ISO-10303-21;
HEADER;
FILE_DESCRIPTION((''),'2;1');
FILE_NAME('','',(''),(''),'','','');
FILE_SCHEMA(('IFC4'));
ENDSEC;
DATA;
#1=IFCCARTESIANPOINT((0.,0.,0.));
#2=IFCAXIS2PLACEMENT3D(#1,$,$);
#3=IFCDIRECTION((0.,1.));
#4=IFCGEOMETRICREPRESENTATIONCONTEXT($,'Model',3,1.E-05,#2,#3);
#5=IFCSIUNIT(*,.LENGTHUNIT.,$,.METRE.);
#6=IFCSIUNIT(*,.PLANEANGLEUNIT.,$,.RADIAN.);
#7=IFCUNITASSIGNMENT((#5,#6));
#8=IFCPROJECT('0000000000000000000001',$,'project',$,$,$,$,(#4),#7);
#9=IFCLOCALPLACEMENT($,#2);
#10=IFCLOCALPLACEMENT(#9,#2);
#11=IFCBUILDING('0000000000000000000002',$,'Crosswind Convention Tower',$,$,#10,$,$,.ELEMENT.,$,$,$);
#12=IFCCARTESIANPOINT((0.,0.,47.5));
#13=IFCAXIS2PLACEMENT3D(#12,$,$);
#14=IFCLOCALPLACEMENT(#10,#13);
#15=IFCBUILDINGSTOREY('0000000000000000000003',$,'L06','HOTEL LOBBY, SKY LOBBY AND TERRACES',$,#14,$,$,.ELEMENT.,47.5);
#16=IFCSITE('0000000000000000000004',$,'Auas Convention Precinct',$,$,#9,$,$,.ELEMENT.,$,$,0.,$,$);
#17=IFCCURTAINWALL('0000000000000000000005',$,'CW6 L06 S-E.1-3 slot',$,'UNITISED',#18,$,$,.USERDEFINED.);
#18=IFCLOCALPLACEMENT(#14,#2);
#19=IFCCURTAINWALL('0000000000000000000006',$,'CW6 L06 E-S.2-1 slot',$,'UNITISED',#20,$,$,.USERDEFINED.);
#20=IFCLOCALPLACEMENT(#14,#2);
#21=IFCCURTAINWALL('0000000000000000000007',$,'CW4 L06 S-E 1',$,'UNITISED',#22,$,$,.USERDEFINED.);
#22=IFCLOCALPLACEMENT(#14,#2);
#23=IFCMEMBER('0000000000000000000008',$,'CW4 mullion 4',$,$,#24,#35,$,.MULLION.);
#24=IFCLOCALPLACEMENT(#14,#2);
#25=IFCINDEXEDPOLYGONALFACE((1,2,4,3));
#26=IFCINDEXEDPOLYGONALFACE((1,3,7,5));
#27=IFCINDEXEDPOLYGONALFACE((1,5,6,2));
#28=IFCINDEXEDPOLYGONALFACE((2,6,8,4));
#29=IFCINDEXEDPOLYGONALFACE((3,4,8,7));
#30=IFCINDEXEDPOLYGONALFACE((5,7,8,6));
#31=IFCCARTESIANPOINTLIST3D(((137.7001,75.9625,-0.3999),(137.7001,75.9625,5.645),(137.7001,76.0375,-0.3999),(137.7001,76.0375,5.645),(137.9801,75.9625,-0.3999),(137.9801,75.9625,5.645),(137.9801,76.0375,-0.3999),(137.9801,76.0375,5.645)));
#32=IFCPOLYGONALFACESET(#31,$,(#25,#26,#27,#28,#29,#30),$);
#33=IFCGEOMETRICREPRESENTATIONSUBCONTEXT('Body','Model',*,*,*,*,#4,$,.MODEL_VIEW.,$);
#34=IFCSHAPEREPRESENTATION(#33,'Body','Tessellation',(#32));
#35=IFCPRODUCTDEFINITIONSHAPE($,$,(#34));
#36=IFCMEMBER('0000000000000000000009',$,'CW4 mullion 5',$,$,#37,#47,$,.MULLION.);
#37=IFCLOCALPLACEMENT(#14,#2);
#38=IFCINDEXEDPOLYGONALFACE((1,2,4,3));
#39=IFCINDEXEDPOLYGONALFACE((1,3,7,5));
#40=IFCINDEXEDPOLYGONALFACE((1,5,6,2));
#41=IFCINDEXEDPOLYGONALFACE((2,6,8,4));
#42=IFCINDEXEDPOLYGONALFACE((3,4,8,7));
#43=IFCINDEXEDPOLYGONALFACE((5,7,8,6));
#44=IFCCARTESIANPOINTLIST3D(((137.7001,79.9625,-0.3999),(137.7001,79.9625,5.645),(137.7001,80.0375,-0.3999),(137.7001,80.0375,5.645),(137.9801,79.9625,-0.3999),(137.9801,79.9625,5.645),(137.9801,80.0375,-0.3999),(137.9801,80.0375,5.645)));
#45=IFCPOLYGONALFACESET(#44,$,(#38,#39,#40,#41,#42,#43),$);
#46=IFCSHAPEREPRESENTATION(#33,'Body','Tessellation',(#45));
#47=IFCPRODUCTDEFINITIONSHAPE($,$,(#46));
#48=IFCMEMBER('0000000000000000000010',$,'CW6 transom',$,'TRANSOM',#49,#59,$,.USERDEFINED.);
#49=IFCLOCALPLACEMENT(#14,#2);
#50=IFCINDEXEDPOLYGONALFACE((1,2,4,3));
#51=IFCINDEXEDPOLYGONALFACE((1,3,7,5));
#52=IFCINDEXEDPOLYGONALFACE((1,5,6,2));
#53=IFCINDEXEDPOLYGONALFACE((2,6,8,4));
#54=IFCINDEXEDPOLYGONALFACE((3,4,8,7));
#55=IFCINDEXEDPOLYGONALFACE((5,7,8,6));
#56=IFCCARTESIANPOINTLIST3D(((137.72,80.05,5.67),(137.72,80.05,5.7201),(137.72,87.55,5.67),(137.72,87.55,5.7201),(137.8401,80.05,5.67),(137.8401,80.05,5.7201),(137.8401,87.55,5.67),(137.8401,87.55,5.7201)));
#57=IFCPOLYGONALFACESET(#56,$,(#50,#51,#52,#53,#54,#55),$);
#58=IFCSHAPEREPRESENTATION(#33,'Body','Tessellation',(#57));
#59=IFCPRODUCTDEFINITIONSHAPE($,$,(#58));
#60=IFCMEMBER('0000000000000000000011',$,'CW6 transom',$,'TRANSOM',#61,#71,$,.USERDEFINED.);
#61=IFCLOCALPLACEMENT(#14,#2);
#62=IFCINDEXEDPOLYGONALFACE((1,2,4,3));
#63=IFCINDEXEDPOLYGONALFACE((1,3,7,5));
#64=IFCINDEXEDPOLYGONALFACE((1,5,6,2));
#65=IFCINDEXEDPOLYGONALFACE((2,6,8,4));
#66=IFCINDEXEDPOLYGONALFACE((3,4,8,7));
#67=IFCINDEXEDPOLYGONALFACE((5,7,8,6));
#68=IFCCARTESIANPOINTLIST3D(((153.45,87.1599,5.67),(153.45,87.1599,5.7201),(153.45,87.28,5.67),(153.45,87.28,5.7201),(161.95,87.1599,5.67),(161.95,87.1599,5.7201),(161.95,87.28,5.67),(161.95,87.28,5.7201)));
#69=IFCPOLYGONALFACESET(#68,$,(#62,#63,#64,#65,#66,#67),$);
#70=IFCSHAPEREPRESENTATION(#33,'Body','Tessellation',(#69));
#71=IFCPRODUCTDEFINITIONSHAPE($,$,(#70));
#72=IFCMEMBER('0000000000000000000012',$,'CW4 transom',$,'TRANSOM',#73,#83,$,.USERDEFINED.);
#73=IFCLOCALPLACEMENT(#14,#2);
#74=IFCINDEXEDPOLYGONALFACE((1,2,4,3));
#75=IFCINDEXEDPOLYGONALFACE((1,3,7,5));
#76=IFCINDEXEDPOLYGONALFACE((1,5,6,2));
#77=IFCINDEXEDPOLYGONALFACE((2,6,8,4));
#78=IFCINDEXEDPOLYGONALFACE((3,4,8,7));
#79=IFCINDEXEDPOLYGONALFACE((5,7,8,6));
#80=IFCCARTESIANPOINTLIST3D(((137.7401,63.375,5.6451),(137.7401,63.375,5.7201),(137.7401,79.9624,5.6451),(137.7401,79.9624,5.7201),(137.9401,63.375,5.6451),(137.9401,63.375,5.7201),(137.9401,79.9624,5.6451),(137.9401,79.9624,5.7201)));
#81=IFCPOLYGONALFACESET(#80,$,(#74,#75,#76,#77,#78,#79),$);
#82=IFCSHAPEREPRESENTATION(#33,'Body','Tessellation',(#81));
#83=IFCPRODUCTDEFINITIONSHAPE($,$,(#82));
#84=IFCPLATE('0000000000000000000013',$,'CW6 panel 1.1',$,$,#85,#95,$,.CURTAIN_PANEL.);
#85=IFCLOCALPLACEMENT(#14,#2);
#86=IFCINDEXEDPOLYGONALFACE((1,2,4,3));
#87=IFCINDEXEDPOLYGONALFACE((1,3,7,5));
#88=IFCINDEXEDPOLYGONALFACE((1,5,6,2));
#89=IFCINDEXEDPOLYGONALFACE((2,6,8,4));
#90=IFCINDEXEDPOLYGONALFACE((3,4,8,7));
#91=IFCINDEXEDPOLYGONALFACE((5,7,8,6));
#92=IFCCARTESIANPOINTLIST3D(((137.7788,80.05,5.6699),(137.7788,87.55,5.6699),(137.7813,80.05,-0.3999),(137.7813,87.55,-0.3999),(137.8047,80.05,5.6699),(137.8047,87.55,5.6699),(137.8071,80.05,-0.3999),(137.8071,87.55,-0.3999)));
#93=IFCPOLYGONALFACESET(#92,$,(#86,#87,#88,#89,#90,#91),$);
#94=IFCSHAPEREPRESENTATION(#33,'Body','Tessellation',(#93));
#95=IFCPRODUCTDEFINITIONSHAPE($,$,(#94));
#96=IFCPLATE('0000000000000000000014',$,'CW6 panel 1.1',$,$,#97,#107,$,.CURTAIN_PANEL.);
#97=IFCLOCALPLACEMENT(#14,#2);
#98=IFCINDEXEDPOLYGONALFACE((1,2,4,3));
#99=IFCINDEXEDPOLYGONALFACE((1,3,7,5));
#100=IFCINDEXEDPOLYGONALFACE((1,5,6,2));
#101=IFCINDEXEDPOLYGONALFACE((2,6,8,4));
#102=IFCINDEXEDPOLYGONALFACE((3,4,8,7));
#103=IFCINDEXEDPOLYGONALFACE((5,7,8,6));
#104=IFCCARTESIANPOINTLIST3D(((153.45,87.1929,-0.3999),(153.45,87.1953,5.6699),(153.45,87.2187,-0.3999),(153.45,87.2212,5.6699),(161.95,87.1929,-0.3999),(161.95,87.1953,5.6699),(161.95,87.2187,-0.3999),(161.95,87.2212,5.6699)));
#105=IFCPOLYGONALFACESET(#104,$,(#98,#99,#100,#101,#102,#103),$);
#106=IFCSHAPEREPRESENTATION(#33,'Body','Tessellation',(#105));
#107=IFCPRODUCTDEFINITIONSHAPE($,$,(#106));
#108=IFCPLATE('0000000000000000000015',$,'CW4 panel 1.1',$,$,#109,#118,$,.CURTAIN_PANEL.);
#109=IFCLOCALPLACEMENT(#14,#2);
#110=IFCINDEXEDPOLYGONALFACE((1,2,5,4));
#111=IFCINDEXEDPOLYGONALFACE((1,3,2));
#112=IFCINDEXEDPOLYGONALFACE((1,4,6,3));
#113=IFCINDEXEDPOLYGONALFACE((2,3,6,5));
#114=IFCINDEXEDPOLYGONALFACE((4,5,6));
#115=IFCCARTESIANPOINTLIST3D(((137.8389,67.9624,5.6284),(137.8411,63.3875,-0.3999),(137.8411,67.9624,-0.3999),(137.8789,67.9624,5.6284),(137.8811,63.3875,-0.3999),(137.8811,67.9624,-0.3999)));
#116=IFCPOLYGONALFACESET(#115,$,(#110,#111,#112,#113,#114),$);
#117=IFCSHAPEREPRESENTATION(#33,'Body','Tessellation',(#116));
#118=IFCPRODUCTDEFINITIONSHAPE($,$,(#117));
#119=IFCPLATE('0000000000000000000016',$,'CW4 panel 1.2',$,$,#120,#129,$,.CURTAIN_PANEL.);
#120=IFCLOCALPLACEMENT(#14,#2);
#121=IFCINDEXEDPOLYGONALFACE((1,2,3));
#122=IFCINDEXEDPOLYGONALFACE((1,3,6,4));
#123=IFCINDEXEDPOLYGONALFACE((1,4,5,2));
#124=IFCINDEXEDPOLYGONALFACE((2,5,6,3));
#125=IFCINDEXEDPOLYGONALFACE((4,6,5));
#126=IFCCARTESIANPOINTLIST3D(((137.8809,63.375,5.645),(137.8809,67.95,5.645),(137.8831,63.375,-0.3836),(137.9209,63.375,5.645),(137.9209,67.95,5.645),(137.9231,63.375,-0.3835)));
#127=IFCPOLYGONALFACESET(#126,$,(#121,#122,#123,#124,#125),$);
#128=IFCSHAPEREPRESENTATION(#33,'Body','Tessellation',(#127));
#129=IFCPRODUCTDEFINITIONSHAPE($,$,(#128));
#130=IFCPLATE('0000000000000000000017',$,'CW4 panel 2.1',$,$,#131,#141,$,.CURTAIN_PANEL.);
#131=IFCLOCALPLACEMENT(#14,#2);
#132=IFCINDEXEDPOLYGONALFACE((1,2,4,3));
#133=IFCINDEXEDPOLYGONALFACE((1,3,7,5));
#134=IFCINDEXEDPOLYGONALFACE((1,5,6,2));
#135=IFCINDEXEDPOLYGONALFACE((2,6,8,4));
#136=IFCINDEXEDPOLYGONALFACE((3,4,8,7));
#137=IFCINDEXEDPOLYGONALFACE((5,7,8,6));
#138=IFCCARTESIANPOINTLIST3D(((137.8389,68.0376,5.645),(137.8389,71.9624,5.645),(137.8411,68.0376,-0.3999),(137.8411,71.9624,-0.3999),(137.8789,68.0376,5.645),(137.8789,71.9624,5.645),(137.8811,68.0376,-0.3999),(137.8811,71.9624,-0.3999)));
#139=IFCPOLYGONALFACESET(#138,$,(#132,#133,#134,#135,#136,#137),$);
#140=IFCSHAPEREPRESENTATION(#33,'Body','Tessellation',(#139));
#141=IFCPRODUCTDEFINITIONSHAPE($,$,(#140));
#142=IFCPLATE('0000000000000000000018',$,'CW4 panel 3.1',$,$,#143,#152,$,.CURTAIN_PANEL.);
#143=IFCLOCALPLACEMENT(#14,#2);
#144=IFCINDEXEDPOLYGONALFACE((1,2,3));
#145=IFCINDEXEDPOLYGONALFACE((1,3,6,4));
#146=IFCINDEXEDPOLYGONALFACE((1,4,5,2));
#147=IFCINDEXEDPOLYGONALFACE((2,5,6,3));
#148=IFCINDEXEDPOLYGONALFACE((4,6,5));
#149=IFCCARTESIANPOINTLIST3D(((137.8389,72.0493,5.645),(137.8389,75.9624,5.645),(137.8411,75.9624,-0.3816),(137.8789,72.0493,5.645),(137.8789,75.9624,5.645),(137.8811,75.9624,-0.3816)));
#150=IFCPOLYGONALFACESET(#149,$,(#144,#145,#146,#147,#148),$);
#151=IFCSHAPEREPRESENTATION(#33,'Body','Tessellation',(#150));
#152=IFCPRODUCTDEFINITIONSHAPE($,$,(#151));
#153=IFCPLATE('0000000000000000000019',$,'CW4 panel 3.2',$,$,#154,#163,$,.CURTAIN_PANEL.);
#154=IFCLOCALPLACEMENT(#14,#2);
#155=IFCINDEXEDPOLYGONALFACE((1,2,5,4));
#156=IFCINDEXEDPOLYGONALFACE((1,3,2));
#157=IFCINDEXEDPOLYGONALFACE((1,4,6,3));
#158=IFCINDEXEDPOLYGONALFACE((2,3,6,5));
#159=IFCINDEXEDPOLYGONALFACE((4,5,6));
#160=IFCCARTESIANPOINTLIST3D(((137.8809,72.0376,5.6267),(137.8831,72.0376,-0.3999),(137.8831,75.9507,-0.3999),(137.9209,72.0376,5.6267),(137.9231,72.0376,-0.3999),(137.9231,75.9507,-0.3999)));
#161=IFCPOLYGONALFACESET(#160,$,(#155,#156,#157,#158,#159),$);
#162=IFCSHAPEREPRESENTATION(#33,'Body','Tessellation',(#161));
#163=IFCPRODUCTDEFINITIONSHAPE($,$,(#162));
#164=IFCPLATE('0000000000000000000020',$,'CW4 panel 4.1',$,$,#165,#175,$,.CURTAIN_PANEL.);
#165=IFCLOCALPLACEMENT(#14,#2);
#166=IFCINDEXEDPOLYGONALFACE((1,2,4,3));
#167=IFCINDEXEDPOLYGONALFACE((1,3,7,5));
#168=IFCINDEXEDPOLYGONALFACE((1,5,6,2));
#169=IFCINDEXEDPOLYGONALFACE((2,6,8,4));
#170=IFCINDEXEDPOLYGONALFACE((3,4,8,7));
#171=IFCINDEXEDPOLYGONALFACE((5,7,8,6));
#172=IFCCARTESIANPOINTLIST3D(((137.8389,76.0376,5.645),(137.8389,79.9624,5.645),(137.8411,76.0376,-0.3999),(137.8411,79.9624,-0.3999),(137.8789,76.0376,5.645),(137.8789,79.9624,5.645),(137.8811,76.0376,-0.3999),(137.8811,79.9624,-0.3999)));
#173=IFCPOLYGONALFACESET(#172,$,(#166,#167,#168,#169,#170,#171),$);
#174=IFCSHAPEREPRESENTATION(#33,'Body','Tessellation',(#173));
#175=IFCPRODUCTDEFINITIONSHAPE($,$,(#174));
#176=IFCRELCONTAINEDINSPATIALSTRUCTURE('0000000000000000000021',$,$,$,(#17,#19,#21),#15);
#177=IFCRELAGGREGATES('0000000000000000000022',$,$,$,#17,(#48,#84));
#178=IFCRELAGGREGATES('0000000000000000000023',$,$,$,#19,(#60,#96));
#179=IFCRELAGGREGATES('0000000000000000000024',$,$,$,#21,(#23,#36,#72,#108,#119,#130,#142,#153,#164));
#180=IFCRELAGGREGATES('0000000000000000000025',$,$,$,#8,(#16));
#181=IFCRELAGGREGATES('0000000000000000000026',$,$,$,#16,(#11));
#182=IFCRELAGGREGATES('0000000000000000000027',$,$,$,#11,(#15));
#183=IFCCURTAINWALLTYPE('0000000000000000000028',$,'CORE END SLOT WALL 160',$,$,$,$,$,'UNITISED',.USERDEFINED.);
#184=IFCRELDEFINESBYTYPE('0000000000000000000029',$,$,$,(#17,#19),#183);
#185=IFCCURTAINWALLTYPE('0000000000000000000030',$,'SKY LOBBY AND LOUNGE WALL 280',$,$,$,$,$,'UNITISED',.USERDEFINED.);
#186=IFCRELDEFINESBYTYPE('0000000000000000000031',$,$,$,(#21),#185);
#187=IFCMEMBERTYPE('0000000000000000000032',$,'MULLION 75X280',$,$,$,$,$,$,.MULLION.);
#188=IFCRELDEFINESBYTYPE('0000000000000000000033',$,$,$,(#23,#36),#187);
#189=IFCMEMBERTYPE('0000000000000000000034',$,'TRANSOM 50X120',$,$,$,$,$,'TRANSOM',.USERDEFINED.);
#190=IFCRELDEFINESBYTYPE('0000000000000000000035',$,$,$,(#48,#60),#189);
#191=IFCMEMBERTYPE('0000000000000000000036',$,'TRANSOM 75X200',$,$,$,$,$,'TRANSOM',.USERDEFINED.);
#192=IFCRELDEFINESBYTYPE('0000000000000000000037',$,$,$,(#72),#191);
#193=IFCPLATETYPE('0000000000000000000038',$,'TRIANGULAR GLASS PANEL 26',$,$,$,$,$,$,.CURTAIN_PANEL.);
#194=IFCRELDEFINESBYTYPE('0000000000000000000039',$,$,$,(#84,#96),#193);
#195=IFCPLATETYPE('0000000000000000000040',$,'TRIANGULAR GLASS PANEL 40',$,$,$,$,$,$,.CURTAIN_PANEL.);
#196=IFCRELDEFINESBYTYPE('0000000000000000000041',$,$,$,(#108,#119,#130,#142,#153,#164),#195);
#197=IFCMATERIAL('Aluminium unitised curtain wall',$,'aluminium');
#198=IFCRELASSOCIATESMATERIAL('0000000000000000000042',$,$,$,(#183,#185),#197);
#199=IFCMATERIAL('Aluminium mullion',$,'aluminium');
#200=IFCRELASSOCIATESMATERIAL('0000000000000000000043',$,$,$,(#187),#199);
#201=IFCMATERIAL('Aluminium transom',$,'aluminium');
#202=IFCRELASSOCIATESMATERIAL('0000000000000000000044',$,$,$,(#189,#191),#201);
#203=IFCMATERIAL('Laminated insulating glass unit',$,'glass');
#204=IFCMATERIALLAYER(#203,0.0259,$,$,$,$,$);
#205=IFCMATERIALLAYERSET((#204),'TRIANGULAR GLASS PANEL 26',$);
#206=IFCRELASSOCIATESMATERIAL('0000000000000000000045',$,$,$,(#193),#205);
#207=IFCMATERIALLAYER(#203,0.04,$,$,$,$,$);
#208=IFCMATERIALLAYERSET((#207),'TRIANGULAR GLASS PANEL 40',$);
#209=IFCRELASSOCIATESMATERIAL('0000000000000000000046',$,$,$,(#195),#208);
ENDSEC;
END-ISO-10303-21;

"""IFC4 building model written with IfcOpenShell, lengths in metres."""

from ifc_helpers import new_model, si_unit, direction, frame, origin, origin_2d, place, context, subcontext, project, spatial, polyline, rectangle, outline, extrude, material, layer, layer_set, material_profile, profile_set, type_object, element, aggregate, save


model = new_model("IFC4")

# Units and contexts
model_context = context("Model", 3, precision=1e-05, world=origin(), true_north=direction((0.0, 1.0)))
body_context = subcontext(model_context, "Body", "Model", "MODEL_VIEW")
ifc_project = project(units=[si_unit("LENGTHUNIT", "METRE"), si_unit("PLANEANGLEUNIT", "RADIAN")], contexts=[model_context])

# Site, building, storey
site_placement = place(None, origin())
site = spatial("IfcSite", under=ifc_project, at=site_placement, Name="Auas Convention Precinct", CompositionType="ELEMENT", RefElevation=0.0)
building_placement = place(site_placement, origin())
building = spatial("IfcBuilding", under=site, at=building_placement, Name="Crosswind Convention Tower", CompositionType="ELEMENT")
storey_placement = place(building_placement, frame((0.0, 0.0, 47.5)))
storey = spatial("IfcBuildingStorey", under=building, at=storey_placement, Name="L06", Description="HOTEL LOBBY, SKY LOBBY AND TERRACES", CompositionType="ELEMENT", Elevation=47.5)

# Curtain wall
ifc_material_1 = material(Name="Aluminium unitised curtain wall", Category="aluminium")
curtain_wall_type_1 = type_object("IfcCurtainWallType", Name="CORE END SLOT WALL 160", ElementType="UNITISED", PredefinedType="USERDEFINED", material=ifc_material_1)
curtain_wall_1_placement = place(storey_placement, origin())
curtain_wall_1 = element("IfcCurtainWall", 1, at=curtain_wall_1_placement, inside=storey, type_object=curtain_wall_type_1, Name="CW6 L06 S-E.1-3 slot", ObjectType="UNITISED", PredefinedType="USERDEFINED")
ifc_material_2 = material(Name="Aluminium mullion", Category="aluminium")

# Curtain walls, members
curtain_wall_2_placement = place(storey_placement, origin())
curtain_wall_2 = element("IfcCurtainWall", 2, at=curtain_wall_2_placement, inside=storey, type_object=curtain_wall_type_1, Name="CW6 L06 E-S.2-1 slot", ObjectType="UNITISED", PredefinedType="USERDEFINED")
curtain_wall_type_2 = type_object("IfcCurtainWallType", Name="SKY LOBBY AND LOUNGE WALL 280", ElementType="UNITISED", PredefinedType="USERDEFINED", material=ifc_material_1)
curtain_wall_3_placement = place(storey_placement, origin())
curtain_wall_3 = element("IfcCurtainWall", 3, at=curtain_wall_3_placement, inside=storey, type_object=curtain_wall_type_2, Name="CW4 L06 S-E 1", ObjectType="UNITISED", PredefinedType="USERDEFINED")
ifc_material_profile_1 = material_profile(ifc_material_2, rectangle(XDim=0.28, YDim=0.075, at=origin_2d()), Name="AL 280X75")
ifc_profile_set_1 = profile_set([ifc_material_profile_1], Name="Aluminium mullion")
member_type_1 = type_object("IfcMemberType", Name="MULLION 75X280", PredefinedType="MULLION", material=ifc_profile_set_1)
member_1_placement = place(storey_placement, frame((137.8401, 76.0, -0.3999), z_axis=(0.0, 0.0, 1.0), x_axis=(1.0, 0.0, 0.0)))
member_1 = element("IfcMember", 4, at=member_1_placement, type_object=member_type_1, Name="CW4 mullion 4", PredefinedType="MULLION", context=body_context, shape_type="SweptSolid", body=[
    extrude(rectangle(XDim=0.28, YDim=0.075, at=origin_2d()), origin(), (0.0, 0.0, 1.0), 6.0449),
])
member_2_placement = place(storey_placement, frame((137.8401, 80.0, -0.3999), z_axis=(0.0, 0.0, 1.0), x_axis=(1.0, 0.0, 0.0)))
member_2 = element("IfcMember", 5, at=member_2_placement, type_object=member_type_1, Name="CW4 mullion 5", PredefinedType="MULLION", context=body_context, shape_type="SweptSolid", body=[
    extrude(rectangle(XDim=0.28, YDim=0.075, at=origin_2d()), origin(), (0.0, 0.0, 1.0), 6.0449),
])

# Members
ifc_material_3 = material(Name="Aluminium transom", Category="aluminium")
ifc_material_profile_2 = material_profile(ifc_material_3, rectangle(XDim=0.1201, YDim=0.05, at=origin_2d()), Name="AL 120X50")
ifc_profile_set_2 = profile_set([ifc_material_profile_2], Name="Aluminium transom")
member_type_2 = type_object("IfcMemberType", Name="TRANSOM 50X120", ElementType="TRANSOM", PredefinedType="USERDEFINED", material=ifc_profile_set_2)
member_3_placement = place(storey_placement, frame((137.78, 80.05, 5.6951), z_axis=(0.0, 1.0, 0.0), x_axis=(-1.0, 0.0, 0.0)))
member_3 = element("IfcMember", 6, at=member_3_placement, type_object=member_type_2, Name="CW6 transom", ObjectType="TRANSOM", PredefinedType="USERDEFINED", context=body_context, shape_type="SweptSolid", body=[
    extrude(rectangle(XDim=0.1201, YDim=0.05, at=origin_2d()), origin(), (0.0, 0.0, 1.0), 7.5),
])
member_4_placement = place(storey_placement, frame((153.45, 87.22, 5.6951), z_axis=(1.0, 0.0, 0.0), x_axis=(0.0, 1.0, 0.0)))
member_4 = element("IfcMember", 7, at=member_4_placement, type_object=member_type_2, Name="CW6 transom", ObjectType="TRANSOM", PredefinedType="USERDEFINED", context=body_context, shape_type="SweptSolid", body=[
    extrude(rectangle(XDim=0.1201, YDim=0.05, at=origin_2d()), origin(), (0.0, 0.0, 1.0), 8.5),
])
ifc_material_profile_3 = material_profile(ifc_material_3, rectangle(XDim=0.2, YDim=0.075, at=origin_2d()), Name="AL 200X75")
ifc_profile_set_3 = profile_set([ifc_material_profile_3], Name="Aluminium transom")
member_type_3 = type_object("IfcMemberType", Name="TRANSOM 75X200", ElementType="TRANSOM", PredefinedType="USERDEFINED", material=ifc_profile_set_3)
member_5_placement = place(storey_placement, frame((137.8401, 63.375, 5.6826), z_axis=(0.0, 1.0, 0.0), x_axis=(-1.0, 0.0, 0.0)))
member_5 = element("IfcMember", 8, at=member_5_placement, type_object=member_type_3, Name="CW4 transom", ObjectType="TRANSOM", PredefinedType="USERDEFINED", context=body_context, shape_type="SweptSolid", body=[
    extrude(rectangle(XDim=0.2, YDim=0.075, at=origin_2d()), origin(), (0.0, 0.0, 1.0), 16.5874),
])

# Plates
ifc_material_4 = material(Name="Laminated insulating glass unit", Category="glass")
ifc_layer_1 = layer(ifc_material_4, 0.0259)
ifc_layer_set_1 = layer_set([ifc_layer_1], Name="TRIANGULAR GLASS PANEL 26")
plate_type_1 = type_object("IfcPlateType", Name="TRIANGULAR GLASS PANEL 26", PredefinedType="CURTAIN_PANEL", material=ifc_layer_set_1)
plate_1_placement = place(storey_placement, frame((137.8071, 80.05, -0.3999), z_axis=(1.0, 0.0, 0.000402), x_axis=(0.0, 1.0, 0.0)))
plate_1 = element("IfcPlate", 9, at=plate_1_placement, type_object=plate_type_1, Name="CW6 panel 1.1", PredefinedType="CURTAIN_PANEL", context=body_context, shape_type="SweptSolid", body=[
    extrude(outline(polyline([(0.0, 0.0), (7.5, 0.0), (7.5, 6.0698), (0.0, 6.0698), (0.0, 0.0)])), origin(), (0.0, 0.0, -1.0), 0.0259),
])
aggregate(curtain_wall_1, [member_3, plate_1])
plate_2_placement = place(storey_placement, frame((153.45, 87.1929, -0.3999), z_axis=(0.0, -1.0, 0.000402), x_axis=(1.0, 0.0, 0.0)))
plate_2 = element("IfcPlate", 10, at=plate_2_placement, type_object=plate_type_1, Name="CW6 panel 1.1", PredefinedType="CURTAIN_PANEL", context=body_context, shape_type="SweptSolid", body=[
    extrude(outline(polyline([(0.0, 0.0), (8.5, 0.0), (8.5, 6.0698), (0.0, 6.0698), (0.0, 0.0)])), origin(), (0.0, 0.0, -1.0), 0.0259),
])
aggregate(curtain_wall_2, [member_4, plate_2])
ifc_layer_2 = layer(ifc_material_4, 0.04)
ifc_layer_set_2 = layer_set([ifc_layer_2], Name="TRIANGULAR GLASS PANEL 40")
plate_type_2 = type_object("IfcPlateType", Name="TRIANGULAR GLASS PANEL 40", PredefinedType="CURTAIN_PANEL", material=ifc_layer_set_2)
plate_3_placement = place(storey_placement, frame((137.8811, 67.9624, -0.3999), z_axis=(1.0, 0.0, 0.000364), x_axis=(-0.000364, 0.0, 1.0)))
plate_3 = element("IfcPlate", 11, at=plate_3_placement, type_object=plate_type_2, Name="CW4 panel 1.1", PredefinedType="CURTAIN_PANEL", context=body_context, shape_type="SweptSolid", body=[
    extrude(outline(polyline([(0.0, 0.0), (6.0283, 0.0), (0.0, 4.575), (0.0, 0.0)])), origin(), (0.0, 0.0, -1.0), 0.04),
])
plate_4_placement = place(storey_placement, frame((137.9209, 63.375, 5.645), z_axis=(1.0, 0.0, 0.000364), x_axis=(0.000364, 0.0, -1.0)))
plate_4 = element("IfcPlate", 12, at=plate_4_placement, type_object=plate_type_2, Name="CW4 panel 1.2", PredefinedType="CURTAIN_PANEL", context=body_context, shape_type="SweptSolid", body=[
    extrude(outline(polyline([(0.0, 0.0), (6.0286, 0.0), (0.0, 4.575), (0.0, 0.0)])), origin(), (0.0, 0.0, -1.0), 0.04),
])
plate_5_placement = place(storey_placement, frame((137.8811, 68.0376, -0.3999), z_axis=(1.0, 0.0, 0.000363), x_axis=(0.0, 1.0, 0.0)))
plate_5 = element("IfcPlate", 13, at=plate_5_placement, type_object=plate_type_2, Name="CW4 panel 2.1", PredefinedType="CURTAIN_PANEL", context=body_context, shape_type="SweptSolid", body=[
    extrude(outline(polyline([(0.0, 0.0), (3.9248, 0.0), (3.9248, 6.0449), (0.0, 6.0449), (0.0, 0.0)])), origin(), (0.0, 0.0, -1.0), 0.04),
])
plate_6_placement = place(storey_placement, frame((137.8789, 75.9624, 5.645), z_axis=(1.0, 0.0, 0.000365), x_axis=(0.0, -1.0, 0.0)))
plate_6 = element("IfcPlate", 14, at=plate_6_placement, type_object=plate_type_2, Name="CW4 panel 3.1", PredefinedType="CURTAIN_PANEL", context=body_context, shape_type="SweptSolid", body=[
    extrude(outline(polyline([(0.0, 0.0), (3.9131, 0.0), (0.0, 6.0266), (0.0, 0.0)])), origin(), (0.0, 0.0, -1.0), 0.04),
])
plate_7_placement = place(storey_placement, frame((137.9231, 72.0376, -0.3999), z_axis=(1.0, 0.0, 0.000365), x_axis=(0.0, 1.0, 0.0)))
plate_7 = element("IfcPlate", 15, at=plate_7_placement, type_object=plate_type_2, Name="CW4 panel 3.2", PredefinedType="CURTAIN_PANEL", context=body_context, shape_type="SweptSolid", body=[
    extrude(outline(polyline([(0.0, 0.0), (3.9131, 0.0), (0.0, 6.0266), (0.0, 0.0)])), origin(), (0.0, 0.0, -1.0), 0.04),
])
plate_8_placement = place(storey_placement, frame((137.8811, 76.0376, -0.3999), z_axis=(1.0, 0.0, 0.000363), x_axis=(0.0, 1.0, 0.0)))
plate_8 = element("IfcPlate", 16, at=plate_8_placement, type_object=plate_type_2, Name="CW4 panel 4.1", PredefinedType="CURTAIN_PANEL", context=body_context, shape_type="SweptSolid", body=[
    extrude(outline(polyline([(0.0, 0.0), (3.9248, 0.0), (3.9248, 6.0449), (0.0, 6.0449), (0.0, 0.0)])), origin(), (0.0, 0.0, -1.0), 0.04),
])

aggregate(curtain_wall_3, [member_1, member_2, member_5, plate_3, plate_4, plate_5, plate_6, plate_7, plate_8])

save(model, "model.ifc")
